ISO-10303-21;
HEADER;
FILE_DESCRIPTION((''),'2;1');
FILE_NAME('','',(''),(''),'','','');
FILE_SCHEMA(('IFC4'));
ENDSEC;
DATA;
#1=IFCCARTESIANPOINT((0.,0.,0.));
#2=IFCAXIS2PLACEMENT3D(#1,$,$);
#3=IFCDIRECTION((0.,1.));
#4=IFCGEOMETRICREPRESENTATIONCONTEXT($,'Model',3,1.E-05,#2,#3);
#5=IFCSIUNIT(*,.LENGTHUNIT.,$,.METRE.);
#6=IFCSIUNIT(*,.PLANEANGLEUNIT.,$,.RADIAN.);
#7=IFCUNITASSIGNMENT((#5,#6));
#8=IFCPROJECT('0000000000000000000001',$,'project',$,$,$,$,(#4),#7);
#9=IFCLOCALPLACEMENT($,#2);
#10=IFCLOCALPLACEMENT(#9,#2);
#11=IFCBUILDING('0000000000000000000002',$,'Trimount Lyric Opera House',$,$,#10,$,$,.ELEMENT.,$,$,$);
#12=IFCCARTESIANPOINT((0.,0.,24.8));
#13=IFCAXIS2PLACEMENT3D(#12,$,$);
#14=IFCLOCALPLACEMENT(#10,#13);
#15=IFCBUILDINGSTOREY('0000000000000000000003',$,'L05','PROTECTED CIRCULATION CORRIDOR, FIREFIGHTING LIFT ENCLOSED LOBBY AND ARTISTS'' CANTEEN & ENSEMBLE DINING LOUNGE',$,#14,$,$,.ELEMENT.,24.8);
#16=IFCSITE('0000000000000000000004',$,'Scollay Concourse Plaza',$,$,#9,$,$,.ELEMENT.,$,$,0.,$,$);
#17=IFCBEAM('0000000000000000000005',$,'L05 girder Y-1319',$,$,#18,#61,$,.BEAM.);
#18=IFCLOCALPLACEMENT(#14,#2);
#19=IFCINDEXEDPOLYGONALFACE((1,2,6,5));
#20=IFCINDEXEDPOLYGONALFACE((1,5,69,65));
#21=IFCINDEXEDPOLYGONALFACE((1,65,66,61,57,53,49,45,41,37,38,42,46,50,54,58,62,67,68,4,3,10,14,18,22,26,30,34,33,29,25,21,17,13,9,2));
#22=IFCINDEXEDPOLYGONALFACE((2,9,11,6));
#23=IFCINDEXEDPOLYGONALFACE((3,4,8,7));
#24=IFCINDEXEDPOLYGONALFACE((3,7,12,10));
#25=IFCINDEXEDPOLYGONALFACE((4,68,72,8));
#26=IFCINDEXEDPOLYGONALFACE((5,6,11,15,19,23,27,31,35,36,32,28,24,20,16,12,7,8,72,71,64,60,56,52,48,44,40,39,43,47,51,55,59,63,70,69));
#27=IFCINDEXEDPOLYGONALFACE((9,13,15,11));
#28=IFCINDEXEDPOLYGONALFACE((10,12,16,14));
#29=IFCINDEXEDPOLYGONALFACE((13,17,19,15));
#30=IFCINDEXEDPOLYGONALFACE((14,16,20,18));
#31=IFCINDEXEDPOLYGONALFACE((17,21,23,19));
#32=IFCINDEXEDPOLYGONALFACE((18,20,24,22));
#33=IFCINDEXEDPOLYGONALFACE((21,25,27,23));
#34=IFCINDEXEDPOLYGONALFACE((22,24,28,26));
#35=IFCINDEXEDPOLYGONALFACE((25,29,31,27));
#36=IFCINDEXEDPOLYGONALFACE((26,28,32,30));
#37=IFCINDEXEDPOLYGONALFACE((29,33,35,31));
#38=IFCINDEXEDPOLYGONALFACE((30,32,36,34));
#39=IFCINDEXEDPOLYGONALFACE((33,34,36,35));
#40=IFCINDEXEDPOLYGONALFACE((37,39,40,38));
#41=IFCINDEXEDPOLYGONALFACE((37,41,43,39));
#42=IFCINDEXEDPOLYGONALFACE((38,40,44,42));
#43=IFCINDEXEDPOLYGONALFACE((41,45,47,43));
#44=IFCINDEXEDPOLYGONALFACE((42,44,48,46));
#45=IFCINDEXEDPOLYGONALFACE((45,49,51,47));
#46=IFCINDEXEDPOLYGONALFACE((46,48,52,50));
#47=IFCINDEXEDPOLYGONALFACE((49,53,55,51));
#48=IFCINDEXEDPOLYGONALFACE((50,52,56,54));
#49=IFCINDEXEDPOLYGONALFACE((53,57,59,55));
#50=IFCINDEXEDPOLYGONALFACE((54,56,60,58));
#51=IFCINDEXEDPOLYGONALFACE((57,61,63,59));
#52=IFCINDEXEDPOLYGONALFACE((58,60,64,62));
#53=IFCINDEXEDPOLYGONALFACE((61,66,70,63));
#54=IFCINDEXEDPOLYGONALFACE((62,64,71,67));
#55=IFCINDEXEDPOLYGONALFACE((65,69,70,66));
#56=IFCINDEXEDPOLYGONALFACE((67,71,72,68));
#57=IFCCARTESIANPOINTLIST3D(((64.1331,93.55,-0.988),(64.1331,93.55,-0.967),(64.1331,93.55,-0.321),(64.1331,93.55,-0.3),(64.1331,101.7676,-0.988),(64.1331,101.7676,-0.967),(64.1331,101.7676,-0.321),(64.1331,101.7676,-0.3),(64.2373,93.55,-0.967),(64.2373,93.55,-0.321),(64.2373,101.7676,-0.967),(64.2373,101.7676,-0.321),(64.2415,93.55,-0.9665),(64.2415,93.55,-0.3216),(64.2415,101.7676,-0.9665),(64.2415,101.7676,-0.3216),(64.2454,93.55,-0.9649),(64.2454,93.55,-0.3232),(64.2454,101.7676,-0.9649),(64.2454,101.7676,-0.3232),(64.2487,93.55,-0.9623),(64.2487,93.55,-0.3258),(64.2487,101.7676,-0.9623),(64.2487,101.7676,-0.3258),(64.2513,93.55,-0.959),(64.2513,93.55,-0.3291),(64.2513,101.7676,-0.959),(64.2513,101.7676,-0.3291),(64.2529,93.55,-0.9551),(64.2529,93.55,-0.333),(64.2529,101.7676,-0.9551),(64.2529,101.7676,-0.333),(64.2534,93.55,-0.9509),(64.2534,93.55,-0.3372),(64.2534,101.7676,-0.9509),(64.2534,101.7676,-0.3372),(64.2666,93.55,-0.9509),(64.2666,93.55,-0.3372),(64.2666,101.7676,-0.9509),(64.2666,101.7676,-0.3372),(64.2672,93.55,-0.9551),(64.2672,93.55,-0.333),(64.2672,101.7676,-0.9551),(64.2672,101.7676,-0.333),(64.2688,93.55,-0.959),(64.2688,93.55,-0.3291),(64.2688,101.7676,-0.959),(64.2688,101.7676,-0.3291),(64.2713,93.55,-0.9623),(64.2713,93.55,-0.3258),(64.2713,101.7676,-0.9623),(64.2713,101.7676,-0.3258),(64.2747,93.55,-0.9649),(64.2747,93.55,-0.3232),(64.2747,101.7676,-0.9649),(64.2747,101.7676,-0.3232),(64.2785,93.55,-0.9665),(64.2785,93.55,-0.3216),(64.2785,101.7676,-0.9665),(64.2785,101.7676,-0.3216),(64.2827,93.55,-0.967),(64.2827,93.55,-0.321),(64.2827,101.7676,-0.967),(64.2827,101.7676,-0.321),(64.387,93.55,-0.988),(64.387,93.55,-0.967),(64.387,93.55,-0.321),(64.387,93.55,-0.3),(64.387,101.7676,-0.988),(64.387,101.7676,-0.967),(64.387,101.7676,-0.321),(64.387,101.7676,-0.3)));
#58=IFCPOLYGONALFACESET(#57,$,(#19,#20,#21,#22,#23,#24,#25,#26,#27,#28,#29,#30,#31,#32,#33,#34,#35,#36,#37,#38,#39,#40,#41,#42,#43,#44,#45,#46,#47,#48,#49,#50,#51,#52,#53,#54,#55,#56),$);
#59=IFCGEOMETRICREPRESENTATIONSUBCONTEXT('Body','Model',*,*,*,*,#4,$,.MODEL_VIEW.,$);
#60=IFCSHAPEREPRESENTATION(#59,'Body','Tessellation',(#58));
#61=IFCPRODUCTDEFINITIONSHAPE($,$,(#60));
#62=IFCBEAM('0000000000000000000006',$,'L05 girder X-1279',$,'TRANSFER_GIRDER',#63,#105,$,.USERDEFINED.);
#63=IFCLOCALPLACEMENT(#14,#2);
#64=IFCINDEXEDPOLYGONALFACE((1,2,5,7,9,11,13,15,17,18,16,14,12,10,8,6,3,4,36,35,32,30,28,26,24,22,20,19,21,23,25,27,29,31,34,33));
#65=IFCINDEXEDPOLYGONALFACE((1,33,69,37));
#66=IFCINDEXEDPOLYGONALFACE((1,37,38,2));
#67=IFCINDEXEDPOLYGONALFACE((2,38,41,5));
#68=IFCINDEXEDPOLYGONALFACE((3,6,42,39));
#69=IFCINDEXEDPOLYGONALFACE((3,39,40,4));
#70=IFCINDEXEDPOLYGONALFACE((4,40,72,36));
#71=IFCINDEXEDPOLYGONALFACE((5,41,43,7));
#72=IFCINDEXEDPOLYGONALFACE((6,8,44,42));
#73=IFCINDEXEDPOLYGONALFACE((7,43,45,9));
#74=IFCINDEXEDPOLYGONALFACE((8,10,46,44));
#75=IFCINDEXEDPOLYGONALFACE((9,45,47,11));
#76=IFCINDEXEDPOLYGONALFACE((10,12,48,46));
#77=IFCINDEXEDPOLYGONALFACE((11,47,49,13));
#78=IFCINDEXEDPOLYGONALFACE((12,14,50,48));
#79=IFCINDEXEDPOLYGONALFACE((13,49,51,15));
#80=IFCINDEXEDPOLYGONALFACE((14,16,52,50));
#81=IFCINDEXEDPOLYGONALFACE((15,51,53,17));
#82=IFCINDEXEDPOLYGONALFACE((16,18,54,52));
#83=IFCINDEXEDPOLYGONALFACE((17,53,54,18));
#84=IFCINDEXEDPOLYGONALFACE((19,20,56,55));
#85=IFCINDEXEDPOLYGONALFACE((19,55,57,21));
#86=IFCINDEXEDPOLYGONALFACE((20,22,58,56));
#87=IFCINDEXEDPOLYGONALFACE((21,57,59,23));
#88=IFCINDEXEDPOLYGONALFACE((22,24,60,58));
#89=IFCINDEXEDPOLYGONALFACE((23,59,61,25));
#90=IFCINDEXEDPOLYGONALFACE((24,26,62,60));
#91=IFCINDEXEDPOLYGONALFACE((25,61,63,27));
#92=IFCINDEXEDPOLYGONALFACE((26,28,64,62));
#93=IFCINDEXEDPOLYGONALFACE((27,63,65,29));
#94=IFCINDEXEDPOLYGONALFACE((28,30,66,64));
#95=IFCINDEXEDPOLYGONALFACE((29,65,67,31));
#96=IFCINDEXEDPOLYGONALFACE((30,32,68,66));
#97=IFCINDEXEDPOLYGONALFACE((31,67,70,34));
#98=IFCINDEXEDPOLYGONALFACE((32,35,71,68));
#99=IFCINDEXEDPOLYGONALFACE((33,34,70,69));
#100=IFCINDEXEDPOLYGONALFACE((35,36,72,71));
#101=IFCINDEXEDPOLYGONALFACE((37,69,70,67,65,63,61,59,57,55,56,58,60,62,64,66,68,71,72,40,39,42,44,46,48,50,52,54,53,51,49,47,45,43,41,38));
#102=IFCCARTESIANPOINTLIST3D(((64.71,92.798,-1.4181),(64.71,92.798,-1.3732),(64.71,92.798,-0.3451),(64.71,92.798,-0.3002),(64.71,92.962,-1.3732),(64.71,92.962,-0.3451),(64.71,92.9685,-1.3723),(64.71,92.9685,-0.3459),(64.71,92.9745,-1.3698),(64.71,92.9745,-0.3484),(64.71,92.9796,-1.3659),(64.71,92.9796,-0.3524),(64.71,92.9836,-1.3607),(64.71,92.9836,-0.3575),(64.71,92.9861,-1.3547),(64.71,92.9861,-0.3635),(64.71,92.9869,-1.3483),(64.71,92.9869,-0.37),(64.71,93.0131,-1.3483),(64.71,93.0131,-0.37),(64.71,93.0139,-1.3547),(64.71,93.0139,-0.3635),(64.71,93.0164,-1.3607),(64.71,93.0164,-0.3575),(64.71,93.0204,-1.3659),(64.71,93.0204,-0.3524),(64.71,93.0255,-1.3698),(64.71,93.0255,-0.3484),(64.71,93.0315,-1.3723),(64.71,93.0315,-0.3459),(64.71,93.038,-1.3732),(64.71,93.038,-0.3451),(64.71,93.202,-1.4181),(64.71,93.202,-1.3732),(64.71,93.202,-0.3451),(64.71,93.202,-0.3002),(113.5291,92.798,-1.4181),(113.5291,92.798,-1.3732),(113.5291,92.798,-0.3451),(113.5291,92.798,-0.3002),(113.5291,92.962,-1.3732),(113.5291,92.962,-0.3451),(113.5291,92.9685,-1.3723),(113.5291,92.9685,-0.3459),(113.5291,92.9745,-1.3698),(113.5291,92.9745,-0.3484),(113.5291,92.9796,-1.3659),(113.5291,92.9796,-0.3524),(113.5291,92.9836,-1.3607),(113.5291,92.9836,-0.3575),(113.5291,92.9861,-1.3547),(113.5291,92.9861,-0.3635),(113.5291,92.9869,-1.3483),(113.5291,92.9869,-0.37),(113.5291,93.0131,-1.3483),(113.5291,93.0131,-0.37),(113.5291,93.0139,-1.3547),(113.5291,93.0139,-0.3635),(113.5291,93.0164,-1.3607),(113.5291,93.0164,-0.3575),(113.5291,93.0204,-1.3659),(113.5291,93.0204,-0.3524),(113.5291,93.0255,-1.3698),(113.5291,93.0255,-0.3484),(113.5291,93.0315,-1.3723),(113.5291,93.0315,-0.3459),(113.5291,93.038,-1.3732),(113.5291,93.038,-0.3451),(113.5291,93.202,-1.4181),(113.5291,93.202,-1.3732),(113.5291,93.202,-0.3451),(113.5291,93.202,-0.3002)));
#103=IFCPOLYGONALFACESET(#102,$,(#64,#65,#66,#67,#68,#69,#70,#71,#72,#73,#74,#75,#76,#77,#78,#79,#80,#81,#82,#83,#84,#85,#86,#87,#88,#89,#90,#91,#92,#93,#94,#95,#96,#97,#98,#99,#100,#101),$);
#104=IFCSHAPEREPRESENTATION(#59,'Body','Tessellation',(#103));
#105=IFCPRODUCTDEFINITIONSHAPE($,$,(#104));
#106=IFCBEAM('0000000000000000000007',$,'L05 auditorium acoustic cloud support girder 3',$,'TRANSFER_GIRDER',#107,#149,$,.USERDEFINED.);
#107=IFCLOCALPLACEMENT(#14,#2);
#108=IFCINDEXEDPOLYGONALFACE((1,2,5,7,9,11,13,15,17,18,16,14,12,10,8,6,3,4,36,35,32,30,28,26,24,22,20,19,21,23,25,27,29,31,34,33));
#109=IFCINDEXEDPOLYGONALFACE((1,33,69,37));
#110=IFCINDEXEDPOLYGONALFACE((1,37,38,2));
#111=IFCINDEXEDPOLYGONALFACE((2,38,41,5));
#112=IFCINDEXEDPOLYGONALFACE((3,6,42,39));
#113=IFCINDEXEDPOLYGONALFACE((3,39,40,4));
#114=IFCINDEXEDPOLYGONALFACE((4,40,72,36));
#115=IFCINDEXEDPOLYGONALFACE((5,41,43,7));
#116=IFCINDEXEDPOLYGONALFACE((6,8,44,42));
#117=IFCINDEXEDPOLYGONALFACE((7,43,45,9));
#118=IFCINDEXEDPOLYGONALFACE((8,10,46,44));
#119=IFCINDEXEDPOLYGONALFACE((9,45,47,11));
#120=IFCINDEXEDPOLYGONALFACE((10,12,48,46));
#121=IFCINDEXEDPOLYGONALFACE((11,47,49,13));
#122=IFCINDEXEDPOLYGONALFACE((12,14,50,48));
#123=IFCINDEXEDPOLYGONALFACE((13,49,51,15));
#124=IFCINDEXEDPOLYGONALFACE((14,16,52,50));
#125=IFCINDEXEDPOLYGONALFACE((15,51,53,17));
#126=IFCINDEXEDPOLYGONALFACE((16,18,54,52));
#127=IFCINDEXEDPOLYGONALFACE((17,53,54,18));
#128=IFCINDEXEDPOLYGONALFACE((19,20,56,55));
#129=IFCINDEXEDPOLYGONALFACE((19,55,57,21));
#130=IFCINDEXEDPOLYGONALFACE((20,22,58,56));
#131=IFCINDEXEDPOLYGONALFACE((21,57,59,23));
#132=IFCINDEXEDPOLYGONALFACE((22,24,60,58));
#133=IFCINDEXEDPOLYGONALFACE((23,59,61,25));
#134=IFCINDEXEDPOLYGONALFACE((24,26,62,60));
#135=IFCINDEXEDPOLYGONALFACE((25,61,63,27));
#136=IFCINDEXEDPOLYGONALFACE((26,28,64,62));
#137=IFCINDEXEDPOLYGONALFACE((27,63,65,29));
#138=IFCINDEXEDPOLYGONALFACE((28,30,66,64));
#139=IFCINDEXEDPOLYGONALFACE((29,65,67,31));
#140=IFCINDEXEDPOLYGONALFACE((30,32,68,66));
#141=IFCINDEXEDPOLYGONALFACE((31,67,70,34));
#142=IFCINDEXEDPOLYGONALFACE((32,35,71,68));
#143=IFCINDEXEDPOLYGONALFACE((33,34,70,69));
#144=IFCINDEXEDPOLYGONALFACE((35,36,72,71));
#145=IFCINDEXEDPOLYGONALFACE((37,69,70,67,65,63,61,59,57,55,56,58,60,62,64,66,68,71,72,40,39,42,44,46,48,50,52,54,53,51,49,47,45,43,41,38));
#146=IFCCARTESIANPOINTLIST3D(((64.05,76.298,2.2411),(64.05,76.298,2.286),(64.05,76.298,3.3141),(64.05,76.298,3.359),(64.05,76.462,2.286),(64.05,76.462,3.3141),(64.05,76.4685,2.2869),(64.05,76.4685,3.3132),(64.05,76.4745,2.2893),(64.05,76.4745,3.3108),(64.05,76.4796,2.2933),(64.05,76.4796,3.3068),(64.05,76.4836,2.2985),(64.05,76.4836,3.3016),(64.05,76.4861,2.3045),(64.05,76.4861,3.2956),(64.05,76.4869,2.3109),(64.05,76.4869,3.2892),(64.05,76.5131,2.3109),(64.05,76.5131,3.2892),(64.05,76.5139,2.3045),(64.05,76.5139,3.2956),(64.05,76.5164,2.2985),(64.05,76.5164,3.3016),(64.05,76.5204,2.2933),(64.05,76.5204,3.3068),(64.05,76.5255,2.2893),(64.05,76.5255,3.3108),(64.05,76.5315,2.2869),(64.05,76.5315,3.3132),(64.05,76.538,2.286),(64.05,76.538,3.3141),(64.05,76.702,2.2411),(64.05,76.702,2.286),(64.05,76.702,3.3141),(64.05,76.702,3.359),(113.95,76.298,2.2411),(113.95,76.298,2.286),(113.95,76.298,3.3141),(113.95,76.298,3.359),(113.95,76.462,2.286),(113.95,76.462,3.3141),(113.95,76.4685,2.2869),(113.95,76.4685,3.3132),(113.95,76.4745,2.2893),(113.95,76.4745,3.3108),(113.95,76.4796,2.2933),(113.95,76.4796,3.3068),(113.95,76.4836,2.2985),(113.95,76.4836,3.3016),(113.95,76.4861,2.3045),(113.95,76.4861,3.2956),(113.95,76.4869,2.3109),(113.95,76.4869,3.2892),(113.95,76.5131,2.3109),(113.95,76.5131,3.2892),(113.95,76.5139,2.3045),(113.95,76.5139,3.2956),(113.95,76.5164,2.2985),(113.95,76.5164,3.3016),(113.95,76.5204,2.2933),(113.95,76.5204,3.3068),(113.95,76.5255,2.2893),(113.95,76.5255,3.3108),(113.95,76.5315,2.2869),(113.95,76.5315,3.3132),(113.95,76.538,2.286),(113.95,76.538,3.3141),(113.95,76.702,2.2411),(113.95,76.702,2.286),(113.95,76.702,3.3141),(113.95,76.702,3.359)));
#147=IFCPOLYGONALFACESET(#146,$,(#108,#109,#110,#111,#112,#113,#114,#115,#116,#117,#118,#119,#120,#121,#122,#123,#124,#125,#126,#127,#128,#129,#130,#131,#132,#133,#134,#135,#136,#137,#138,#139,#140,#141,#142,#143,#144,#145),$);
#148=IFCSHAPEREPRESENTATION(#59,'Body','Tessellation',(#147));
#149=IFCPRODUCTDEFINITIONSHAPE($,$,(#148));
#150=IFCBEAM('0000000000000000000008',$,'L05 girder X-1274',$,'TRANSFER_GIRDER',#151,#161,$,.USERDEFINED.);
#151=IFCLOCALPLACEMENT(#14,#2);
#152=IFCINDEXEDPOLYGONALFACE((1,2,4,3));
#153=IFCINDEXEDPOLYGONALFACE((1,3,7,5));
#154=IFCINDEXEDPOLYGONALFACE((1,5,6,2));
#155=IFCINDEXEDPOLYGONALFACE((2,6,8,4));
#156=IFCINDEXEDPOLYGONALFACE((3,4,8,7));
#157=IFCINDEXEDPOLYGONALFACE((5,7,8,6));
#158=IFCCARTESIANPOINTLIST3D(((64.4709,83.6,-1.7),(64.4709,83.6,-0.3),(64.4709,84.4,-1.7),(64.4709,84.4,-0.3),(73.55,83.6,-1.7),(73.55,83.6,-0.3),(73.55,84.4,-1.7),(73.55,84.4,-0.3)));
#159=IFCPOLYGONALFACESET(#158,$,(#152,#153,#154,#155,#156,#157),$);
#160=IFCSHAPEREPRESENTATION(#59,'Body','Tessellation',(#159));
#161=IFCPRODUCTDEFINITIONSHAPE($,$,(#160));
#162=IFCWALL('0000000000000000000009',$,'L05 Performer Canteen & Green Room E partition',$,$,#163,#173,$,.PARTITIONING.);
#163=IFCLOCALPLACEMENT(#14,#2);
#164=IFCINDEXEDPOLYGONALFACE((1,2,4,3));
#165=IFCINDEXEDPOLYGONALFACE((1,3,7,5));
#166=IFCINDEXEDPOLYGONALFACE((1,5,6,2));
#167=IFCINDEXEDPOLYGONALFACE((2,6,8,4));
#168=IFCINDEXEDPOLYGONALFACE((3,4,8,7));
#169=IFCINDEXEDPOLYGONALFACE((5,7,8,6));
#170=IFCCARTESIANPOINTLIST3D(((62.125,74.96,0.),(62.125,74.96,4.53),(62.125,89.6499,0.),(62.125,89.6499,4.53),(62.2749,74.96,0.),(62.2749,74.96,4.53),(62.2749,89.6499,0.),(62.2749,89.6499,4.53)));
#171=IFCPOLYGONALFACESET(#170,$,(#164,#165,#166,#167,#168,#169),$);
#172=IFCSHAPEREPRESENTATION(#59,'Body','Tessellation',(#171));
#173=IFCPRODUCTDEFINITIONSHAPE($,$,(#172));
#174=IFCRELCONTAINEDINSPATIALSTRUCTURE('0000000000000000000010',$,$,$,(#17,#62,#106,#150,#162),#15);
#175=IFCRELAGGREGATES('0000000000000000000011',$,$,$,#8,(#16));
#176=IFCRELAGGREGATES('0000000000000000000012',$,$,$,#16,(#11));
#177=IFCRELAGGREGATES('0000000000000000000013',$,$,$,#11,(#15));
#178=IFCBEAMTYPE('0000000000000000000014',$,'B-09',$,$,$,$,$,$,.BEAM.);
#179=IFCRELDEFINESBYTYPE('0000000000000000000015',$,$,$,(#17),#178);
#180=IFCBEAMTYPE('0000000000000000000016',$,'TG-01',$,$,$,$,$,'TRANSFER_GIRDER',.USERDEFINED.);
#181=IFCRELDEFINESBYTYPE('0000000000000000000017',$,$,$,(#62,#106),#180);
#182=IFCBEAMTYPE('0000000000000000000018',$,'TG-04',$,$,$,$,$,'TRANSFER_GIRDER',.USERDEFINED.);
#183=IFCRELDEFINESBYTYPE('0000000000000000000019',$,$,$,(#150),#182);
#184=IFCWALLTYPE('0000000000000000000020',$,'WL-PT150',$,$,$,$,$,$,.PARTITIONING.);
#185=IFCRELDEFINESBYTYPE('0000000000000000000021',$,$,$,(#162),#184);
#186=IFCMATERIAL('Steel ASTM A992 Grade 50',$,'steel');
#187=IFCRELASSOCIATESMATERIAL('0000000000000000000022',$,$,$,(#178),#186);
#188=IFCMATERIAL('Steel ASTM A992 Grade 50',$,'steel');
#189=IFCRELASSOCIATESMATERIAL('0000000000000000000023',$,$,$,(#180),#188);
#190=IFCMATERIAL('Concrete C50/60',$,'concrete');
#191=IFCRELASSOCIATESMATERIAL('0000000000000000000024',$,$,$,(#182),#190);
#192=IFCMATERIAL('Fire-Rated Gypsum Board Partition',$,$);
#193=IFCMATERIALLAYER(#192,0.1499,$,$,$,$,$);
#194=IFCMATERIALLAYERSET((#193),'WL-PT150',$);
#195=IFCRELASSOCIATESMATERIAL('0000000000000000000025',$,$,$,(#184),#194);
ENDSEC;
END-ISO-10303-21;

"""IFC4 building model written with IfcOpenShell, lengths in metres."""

from ifc_helpers import new_model, si_unit, direction, frame, frame_2d, origin, origin_2d, place, context, subcontext, project, spatial, rectangle, i_section, extrude, material, layer, layer_set, material_profile, profile_set, type_object, element, save


model = new_model("IFC4")

# Units and contexts
model_context = context("Model", 3, precision=1e-05, world=origin(), true_north=direction((0.0, 1.0)))
body_context = subcontext(model_context, "Body", "Model", "MODEL_VIEW")
ifc_project = project(units=[si_unit("LENGTHUNIT", "METRE"), si_unit("PLANEANGLEUNIT", "RADIAN")], contexts=[model_context])

# Site, building, storey
site_placement = place(None, origin())
site = spatial("IfcSite", under=ifc_project, at=site_placement, Name="Scollay Concourse Plaza", CompositionType="ELEMENT", RefElevation=0.0)
building_placement = place(site_placement, origin())
building = spatial("IfcBuilding", under=site, at=building_placement, Name="Trimount Lyric Opera House", CompositionType="ELEMENT")
storey_placement = place(building_placement, frame((0.0, 0.0, 24.8)))
storey = spatial("IfcBuildingStorey", under=building, at=storey_placement, Name="L05", Description="PROTECTED CIRCULATION CORRIDOR, FIREFIGHTING LIFT ENCLOSED LOBBY AND ARTISTS' CANTEEN & ENSEMBLE DINING LOUNGE", CompositionType="ELEMENT", Elevation=24.8)

# Beams
ifc_material_1 = material(Name="Steel ASTM A992 Grade 50", Category="steel")
ifc_material_profile_1 = material_profile(ifc_material_1, i_section(OverallWidth=0.2539, OverallDepth=0.688, WebThickness=0.0132, FlangeThickness=0.021, FilletRadius=0.0161, at=origin_2d()), Name="W27X102")
ifc_profile_set_1 = profile_set([ifc_material_profile_1], Name="Steel ASTM A992 Grade 50")
beam_type_1 = type_object("IfcBeamType", Name="B-09", PredefinedType="BEAM", material=ifc_profile_set_1)
beam_1_placement = place(storey_placement, frame((64.26, 93.55, -0.644), z_axis=(0.0, 1.0, 0.0), x_axis=(-1.0, 0.0, 0.0)))
element("IfcBeam", 1, at=beam_1_placement, inside=storey, type_object=beam_type_1, Name="L05 girder Y-1319", PredefinedType="BEAM", context=body_context, shape_type="SweptSolid", body=[
    extrude(i_section(OverallWidth=0.2539, OverallDepth=0.688, WebThickness=0.0132, FlangeThickness=0.021, FilletRadius=0.0161, at=origin_2d()), origin(), (0.0, 0.0, 1.0), 8.2175),
])
ifc_material_2 = material(Name="Steel ASTM A992 Grade 50", Category="steel")
ifc_material_profile_2 = material_profile(ifc_material_2, i_section(OverallWidth=0.4041, OverallDepth=1.1179, WebThickness=0.0261, FlangeThickness=0.0449, FilletRadius=0.0249, at=origin_2d()), Name="W44X335")
ifc_profile_set_2 = profile_set([ifc_material_profile_2], Name="Steel ASTM A992 Grade 50")
beam_type_2 = type_object("IfcBeamType", Name="TG-01", ElementType="TRANSFER_GIRDER", PredefinedType="USERDEFINED", material=ifc_profile_set_2)
beam_2_placement = place(storey_placement, frame((64.71, 93.0, -0.8591), z_axis=(1.0, 0.0, 0.0), x_axis=(0.0, 1.0, 0.0)))
element("IfcBeam", 2, at=beam_2_placement, inside=storey, type_object=beam_type_2, Name="L05 girder X-1279", ObjectType="TRANSFER_GIRDER", PredefinedType="USERDEFINED", context=body_context, shape_type="SweptSolid", body=[
    extrude(i_section(OverallWidth=0.4041, OverallDepth=1.1179, WebThickness=0.0261, FlangeThickness=0.0449, FilletRadius=0.0249, at=origin_2d()), origin(), (0.0, 0.0, 1.0), 48.8191),
])
beam_3_placement = place(storey_placement, frame((64.05, 76.5, 2.8), z_axis=(1.0, 0.0, 0.0), x_axis=(0.0, 1.0, 0.0)))
element("IfcBeam", 3, at=beam_3_placement, inside=storey, type_object=beam_type_2, Name="L05 auditorium acoustic cloud support girder 3", ObjectType="TRANSFER_GIRDER", PredefinedType="USERDEFINED", context=body_context, shape_type="SweptSolid", body=[
    extrude(i_section(OverallWidth=0.4041, OverallDepth=1.1179, WebThickness=0.0261, FlangeThickness=0.0449, FilletRadius=0.0249, at=origin_2d()), origin(), (0.0, 0.0, 1.0), 49.8999),
])
ifc_material_3 = material(Name="Concrete C50/60", Category="concrete")
ifc_material_profile_3 = material_profile(ifc_material_3, rectangle(XDim=0.8, YDim=1.3999, at=origin_2d()), Name="RC800X1400")
ifc_profile_set_3 = profile_set([ifc_material_profile_3], Name="Concrete C50/60")
beam_type_3 = type_object("IfcBeamType", Name="TG-04", ElementType="TRANSFER_GIRDER", PredefinedType="USERDEFINED", material=ifc_profile_set_3)
beam_4_placement = place(storey_placement, frame((64.4709, 84.0, -1.0), z_axis=(1.0, 0.0, 0.0), x_axis=(0.0, 1.0, 0.0)))
element("IfcBeam", 4, at=beam_4_placement, inside=storey, type_object=beam_type_3, Name="L05 girder X-1274", ObjectType="TRANSFER_GIRDER", PredefinedType="USERDEFINED", context=body_context, shape_type="SweptSolid", body=[
    extrude(rectangle(XDim=0.8, YDim=1.3999, at=origin_2d()), origin(), (0.0, 0.0, 1.0), 9.0791),
])

# Wall
ifc_material_4 = material(Name="Fire-Rated Gypsum Board Partition")
ifc_layer_1 = layer(ifc_material_4, 0.1499)
ifc_layer_set_1 = layer_set([ifc_layer_1], Name="WL-PT150")
wall_type_1 = type_object("IfcWallType", Name="WL-PT150", PredefinedType="PARTITIONING", material=ifc_layer_set_1)
wall_1_placement = place(storey_placement, frame((62.2, 74.96, 0.0), z_axis=(0.0, 0.0, 1.0), x_axis=(0.0, 1.0, 0.0)))
element("IfcWall", 5, at=wall_1_placement, inside=storey, type_object=wall_type_1, Name="L05 Performer Canteen & Green Room E partition", PredefinedType="PARTITIONING", context=body_context, shape_type="SweptSolid", body=[
    extrude(rectangle(XDim=14.6899, YDim=0.1499, at=frame_2d((7.345, 0.0))), origin(), (0.0, 0.0, 1.0), 4.53),
])

save(model, "model.ifc")
